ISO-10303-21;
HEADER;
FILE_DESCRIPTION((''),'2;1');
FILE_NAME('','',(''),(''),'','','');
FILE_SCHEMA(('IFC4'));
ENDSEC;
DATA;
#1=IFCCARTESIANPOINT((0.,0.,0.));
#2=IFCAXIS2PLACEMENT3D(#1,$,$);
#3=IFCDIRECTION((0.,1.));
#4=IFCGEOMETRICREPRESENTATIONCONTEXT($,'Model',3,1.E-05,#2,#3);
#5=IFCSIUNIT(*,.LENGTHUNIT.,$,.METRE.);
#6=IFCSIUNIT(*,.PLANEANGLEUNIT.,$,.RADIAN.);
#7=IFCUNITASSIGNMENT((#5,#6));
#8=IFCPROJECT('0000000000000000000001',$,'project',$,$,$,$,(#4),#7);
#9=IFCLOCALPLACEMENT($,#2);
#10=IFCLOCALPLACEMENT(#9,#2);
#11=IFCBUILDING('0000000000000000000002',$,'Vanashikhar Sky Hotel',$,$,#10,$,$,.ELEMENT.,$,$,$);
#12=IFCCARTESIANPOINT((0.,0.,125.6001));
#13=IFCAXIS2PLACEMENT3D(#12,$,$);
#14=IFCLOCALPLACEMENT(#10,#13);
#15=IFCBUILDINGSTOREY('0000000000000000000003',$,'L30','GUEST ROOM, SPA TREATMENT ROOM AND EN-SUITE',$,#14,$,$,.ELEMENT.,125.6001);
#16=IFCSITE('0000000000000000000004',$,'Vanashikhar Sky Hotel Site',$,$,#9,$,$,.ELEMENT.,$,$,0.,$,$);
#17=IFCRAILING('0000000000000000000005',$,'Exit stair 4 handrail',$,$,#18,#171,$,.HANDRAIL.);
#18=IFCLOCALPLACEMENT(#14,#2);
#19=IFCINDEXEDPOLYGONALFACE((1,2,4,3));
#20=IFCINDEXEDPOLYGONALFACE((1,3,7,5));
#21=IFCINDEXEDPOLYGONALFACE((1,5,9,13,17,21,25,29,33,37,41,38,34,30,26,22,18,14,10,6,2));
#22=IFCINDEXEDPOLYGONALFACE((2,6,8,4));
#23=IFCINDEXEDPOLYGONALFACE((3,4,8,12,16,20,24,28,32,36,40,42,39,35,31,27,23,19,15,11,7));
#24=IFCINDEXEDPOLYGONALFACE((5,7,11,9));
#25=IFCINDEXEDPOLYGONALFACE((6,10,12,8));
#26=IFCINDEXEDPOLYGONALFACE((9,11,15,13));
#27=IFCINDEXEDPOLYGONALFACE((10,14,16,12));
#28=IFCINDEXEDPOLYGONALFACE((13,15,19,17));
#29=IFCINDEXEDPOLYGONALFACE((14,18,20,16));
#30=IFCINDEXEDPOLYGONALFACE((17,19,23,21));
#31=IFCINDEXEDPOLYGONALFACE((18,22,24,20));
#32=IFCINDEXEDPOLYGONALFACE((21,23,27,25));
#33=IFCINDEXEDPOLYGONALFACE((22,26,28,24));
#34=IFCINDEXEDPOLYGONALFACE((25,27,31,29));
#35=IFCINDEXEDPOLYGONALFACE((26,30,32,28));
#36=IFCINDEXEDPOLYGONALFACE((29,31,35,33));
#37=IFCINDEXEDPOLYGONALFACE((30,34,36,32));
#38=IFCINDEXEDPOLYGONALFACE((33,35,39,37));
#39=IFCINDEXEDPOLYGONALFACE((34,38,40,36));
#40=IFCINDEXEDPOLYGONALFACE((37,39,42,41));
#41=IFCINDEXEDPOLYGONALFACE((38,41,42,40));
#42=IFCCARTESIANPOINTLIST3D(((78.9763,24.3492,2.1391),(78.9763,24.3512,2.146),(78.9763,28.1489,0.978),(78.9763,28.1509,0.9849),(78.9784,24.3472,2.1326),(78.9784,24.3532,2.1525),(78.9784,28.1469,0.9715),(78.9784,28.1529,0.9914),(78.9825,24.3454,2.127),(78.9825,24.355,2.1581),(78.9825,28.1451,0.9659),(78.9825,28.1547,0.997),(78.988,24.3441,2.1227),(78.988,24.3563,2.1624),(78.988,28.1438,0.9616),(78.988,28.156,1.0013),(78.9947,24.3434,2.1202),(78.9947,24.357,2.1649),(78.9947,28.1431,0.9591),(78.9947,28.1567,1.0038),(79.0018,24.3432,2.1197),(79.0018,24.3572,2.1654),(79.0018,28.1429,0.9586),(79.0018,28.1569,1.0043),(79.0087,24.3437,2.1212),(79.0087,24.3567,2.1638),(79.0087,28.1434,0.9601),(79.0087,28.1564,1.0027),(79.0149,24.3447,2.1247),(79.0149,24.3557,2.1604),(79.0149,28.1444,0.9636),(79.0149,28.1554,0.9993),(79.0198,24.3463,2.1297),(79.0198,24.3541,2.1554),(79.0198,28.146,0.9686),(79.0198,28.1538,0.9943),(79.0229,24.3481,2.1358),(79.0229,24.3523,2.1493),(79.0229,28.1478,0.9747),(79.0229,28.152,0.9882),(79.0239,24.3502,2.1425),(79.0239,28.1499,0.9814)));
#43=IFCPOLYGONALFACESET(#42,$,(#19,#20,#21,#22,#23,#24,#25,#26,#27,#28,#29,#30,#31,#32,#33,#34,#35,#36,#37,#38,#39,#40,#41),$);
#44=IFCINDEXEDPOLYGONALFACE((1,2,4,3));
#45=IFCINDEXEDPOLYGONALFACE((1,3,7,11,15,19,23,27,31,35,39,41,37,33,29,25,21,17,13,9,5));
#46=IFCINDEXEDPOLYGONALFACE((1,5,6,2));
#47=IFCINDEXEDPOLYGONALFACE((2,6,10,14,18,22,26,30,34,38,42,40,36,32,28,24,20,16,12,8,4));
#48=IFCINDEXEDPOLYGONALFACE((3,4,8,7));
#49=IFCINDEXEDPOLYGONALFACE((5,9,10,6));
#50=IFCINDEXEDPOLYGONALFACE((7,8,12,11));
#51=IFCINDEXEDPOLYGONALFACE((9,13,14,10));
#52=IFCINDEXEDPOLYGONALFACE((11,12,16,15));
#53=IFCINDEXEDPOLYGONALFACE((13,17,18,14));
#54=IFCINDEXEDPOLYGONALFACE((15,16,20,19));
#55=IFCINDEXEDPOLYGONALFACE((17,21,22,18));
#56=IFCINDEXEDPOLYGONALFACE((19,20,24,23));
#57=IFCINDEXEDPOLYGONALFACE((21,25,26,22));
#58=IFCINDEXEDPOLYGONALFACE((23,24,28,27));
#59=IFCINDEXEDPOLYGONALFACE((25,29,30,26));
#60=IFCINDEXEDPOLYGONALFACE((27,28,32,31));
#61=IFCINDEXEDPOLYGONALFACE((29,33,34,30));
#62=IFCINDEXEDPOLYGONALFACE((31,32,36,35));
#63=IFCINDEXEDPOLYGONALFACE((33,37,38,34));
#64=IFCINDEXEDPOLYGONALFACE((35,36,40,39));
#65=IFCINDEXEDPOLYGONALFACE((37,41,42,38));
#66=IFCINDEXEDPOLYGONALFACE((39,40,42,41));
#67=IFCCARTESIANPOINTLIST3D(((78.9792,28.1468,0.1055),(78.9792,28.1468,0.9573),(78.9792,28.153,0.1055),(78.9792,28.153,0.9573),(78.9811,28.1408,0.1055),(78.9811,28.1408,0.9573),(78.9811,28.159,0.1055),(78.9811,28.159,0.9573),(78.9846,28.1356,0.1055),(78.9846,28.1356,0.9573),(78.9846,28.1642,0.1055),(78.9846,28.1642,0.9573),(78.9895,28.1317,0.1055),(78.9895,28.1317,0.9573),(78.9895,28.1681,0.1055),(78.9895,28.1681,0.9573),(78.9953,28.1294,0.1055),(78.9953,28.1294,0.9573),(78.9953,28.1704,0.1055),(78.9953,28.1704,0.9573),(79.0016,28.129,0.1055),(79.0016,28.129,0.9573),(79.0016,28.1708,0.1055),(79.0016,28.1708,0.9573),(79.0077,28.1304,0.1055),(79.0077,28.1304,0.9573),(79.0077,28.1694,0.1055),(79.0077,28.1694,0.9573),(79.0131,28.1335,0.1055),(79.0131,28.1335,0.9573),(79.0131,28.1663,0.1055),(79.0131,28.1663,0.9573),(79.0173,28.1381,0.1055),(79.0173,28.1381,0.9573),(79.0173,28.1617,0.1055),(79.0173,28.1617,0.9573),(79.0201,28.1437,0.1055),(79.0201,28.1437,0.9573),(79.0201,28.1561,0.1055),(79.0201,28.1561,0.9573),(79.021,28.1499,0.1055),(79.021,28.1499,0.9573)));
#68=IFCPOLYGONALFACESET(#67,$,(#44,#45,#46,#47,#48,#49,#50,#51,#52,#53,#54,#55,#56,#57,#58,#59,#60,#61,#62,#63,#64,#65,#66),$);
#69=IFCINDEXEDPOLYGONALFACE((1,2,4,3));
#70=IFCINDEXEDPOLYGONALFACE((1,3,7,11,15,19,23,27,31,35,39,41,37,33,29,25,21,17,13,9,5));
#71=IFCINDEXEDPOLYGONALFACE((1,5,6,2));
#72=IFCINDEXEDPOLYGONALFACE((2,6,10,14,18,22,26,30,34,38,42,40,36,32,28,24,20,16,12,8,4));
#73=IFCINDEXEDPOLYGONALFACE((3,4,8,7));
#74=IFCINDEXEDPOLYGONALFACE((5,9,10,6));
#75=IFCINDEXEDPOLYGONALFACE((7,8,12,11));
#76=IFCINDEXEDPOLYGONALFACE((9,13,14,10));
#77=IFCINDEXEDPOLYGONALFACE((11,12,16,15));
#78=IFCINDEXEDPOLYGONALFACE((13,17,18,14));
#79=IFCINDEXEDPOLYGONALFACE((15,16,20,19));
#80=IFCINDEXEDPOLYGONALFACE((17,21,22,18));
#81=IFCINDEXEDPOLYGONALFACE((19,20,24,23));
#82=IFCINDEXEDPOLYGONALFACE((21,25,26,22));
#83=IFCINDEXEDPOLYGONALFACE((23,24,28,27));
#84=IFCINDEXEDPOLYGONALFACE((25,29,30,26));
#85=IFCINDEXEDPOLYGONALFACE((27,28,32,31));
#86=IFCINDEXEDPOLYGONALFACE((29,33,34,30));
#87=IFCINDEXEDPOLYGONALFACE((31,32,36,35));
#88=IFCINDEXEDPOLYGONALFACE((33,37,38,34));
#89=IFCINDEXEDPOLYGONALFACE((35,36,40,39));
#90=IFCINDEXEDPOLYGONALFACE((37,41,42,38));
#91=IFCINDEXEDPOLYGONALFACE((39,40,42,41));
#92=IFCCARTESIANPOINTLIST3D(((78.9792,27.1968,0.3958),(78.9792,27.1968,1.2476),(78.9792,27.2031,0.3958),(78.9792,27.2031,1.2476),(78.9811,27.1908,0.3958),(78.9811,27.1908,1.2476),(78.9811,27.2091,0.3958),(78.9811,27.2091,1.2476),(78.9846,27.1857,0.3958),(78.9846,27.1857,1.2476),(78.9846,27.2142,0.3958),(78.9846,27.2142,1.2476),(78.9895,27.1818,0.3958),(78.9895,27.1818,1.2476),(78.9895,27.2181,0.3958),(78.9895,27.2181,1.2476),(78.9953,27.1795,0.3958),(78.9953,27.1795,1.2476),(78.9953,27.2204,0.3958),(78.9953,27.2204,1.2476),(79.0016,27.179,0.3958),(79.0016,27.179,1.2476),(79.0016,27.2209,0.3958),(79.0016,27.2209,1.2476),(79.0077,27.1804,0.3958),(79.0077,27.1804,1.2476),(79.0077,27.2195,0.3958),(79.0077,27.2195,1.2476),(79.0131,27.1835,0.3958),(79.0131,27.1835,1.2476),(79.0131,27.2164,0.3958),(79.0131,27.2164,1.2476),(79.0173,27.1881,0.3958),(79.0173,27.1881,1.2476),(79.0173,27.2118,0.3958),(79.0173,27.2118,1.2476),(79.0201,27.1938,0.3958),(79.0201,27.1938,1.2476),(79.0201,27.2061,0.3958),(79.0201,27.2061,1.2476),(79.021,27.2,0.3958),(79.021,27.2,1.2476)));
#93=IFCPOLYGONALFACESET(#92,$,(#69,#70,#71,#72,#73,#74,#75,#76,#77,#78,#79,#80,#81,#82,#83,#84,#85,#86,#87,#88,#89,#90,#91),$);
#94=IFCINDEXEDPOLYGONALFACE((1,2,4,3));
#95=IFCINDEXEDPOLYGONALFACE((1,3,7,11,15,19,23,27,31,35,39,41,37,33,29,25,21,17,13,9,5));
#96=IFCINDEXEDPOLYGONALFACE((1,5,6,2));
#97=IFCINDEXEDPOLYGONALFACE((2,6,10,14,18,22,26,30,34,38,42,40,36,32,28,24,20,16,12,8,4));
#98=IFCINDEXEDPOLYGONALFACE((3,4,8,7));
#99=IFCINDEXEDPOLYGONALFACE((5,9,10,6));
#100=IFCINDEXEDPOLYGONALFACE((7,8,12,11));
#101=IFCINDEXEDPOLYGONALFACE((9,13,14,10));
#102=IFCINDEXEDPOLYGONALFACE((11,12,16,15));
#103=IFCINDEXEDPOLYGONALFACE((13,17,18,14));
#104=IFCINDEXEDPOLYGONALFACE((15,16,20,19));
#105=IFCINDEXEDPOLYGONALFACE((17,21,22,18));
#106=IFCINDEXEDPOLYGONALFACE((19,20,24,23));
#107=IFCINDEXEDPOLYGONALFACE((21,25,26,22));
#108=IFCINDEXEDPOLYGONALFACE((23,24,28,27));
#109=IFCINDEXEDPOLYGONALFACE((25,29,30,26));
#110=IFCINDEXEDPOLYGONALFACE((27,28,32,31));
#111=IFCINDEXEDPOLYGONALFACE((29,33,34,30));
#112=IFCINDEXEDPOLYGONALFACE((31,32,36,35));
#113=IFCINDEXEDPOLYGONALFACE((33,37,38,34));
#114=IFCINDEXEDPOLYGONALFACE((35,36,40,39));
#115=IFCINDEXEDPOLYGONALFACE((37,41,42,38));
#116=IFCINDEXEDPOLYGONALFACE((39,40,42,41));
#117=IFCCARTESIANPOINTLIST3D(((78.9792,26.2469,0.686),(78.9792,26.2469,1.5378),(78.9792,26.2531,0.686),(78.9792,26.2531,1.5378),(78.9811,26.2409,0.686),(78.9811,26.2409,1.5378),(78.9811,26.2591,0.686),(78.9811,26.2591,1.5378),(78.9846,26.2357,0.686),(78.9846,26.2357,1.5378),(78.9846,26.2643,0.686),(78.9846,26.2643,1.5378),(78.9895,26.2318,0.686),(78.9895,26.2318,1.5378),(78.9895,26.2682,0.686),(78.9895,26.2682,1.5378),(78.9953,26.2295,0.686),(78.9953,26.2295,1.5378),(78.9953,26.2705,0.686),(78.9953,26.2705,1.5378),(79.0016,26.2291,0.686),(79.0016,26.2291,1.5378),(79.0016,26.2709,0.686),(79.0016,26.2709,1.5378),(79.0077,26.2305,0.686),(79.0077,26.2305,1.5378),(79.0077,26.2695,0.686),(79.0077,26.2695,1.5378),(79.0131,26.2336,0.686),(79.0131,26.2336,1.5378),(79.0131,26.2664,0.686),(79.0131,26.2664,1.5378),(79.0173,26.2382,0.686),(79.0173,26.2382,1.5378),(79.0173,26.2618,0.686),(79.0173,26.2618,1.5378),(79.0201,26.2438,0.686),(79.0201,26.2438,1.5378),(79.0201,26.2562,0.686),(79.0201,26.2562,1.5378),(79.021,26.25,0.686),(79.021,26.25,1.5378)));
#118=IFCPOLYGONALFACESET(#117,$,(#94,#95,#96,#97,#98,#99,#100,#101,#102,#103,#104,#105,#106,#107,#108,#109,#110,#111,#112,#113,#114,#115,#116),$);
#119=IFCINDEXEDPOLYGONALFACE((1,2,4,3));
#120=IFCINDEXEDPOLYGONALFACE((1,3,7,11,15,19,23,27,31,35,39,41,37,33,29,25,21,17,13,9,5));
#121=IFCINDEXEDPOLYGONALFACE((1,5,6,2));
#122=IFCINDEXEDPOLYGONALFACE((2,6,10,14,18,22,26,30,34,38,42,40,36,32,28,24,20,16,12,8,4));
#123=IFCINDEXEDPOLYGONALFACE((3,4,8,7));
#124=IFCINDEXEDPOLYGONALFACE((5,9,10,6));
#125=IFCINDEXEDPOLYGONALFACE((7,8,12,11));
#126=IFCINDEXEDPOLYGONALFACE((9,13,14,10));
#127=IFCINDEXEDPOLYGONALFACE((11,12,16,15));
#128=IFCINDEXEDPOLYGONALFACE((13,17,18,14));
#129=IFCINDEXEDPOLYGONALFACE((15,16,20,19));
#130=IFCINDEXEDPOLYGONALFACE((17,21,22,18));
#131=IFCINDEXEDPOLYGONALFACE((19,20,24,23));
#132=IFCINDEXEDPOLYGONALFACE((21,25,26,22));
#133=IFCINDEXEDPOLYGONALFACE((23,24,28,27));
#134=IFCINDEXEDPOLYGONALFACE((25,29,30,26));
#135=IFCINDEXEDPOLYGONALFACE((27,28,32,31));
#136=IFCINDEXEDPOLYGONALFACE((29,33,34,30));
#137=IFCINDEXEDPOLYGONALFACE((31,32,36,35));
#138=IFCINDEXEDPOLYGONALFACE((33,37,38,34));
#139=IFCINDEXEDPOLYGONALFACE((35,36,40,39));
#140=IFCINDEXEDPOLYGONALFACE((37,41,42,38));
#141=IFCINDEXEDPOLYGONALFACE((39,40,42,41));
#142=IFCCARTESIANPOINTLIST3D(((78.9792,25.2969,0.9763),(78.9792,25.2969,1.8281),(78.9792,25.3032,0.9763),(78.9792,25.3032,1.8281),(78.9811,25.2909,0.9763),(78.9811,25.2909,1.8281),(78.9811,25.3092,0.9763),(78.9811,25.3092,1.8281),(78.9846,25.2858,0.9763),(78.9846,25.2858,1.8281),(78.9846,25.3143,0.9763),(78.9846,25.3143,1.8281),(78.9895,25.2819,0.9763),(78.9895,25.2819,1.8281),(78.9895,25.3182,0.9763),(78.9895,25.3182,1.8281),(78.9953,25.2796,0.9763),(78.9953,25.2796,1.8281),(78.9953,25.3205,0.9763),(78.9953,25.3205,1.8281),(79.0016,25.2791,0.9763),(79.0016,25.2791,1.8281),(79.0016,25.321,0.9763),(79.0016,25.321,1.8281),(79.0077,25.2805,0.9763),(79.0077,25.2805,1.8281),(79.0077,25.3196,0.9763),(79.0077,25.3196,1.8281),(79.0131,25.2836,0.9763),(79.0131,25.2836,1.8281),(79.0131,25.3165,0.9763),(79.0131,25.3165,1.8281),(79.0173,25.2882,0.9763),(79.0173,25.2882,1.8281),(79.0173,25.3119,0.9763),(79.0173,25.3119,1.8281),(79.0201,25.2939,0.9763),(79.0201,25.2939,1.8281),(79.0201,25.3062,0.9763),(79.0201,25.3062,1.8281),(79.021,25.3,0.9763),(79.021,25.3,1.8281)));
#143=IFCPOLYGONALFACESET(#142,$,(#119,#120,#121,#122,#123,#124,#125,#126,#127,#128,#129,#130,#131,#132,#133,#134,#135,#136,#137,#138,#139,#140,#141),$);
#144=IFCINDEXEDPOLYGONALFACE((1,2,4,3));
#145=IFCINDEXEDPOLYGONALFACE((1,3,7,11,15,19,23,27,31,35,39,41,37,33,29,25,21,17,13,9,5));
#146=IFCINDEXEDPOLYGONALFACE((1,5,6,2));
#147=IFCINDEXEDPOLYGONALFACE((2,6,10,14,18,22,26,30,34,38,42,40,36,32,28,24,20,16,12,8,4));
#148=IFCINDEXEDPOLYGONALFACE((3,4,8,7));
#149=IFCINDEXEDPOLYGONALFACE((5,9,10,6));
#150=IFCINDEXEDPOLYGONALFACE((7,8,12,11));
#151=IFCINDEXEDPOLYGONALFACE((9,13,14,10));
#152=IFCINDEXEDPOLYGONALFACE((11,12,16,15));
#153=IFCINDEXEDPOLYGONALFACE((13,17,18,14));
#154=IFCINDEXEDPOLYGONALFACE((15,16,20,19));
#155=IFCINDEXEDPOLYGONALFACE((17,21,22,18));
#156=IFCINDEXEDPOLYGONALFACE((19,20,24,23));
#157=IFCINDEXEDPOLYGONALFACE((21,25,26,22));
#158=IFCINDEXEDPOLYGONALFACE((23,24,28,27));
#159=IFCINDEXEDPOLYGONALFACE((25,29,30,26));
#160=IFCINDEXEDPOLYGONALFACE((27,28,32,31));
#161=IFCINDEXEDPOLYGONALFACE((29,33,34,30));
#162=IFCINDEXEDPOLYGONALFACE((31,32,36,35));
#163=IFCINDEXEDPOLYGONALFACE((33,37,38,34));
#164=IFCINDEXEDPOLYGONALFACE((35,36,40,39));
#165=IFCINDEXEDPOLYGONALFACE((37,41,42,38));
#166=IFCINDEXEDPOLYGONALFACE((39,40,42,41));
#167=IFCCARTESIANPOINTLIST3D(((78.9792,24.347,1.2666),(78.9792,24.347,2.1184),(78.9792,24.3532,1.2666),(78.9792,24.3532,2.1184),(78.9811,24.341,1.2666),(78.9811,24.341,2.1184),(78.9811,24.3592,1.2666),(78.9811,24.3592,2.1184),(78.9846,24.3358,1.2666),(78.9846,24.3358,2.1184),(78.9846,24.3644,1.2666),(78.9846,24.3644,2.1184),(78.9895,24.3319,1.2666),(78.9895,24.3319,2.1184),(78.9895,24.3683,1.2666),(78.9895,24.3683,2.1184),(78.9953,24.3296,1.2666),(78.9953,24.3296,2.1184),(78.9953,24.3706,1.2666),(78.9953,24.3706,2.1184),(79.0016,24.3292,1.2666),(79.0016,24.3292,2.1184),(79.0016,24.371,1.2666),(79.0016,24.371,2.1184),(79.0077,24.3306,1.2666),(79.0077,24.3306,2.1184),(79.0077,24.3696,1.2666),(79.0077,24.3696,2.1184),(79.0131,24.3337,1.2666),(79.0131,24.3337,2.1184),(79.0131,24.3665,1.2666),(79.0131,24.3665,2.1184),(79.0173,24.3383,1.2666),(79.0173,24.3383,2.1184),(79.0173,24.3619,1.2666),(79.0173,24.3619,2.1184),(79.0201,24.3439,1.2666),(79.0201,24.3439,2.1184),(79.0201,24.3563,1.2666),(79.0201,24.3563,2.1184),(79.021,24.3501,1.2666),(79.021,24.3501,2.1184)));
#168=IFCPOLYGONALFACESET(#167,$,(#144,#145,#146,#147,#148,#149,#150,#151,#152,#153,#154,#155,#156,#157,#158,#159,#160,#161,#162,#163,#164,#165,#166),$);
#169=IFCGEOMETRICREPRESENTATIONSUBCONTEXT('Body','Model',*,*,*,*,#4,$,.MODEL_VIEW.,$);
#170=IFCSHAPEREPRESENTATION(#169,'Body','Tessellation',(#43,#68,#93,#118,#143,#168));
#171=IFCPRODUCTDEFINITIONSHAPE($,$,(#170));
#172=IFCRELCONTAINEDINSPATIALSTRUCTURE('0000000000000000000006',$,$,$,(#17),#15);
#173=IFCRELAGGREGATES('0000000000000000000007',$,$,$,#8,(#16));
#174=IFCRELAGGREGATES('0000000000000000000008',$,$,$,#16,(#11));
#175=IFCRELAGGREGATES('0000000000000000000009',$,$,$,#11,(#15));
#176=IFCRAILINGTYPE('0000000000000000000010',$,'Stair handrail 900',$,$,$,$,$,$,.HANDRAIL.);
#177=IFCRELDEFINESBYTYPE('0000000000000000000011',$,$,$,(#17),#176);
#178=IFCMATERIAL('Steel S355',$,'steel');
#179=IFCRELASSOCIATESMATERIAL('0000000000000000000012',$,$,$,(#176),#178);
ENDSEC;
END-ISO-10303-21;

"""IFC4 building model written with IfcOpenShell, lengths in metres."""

from ifc_helpers import new_model, si_unit, direction, frame, origin, origin_2d, place, context, subcontext, project, spatial, circle, extrude, source, transform, mapped, material, type_object, element, save


model = new_model("IFC4")

# Units and contexts
model_context = context("Model", 3, precision=1e-05, world=origin(), true_north=direction((0.0, 1.0)))
body_context = subcontext(model_context, "Body", "Model", "MODEL_VIEW")
ifc_project = project(units=[si_unit("LENGTHUNIT", "METRE"), si_unit("PLANEANGLEUNIT", "RADIAN")], contexts=[model_context])

# Site, building, storey
site_placement = place(None, origin())
site = spatial("IfcSite", under=ifc_project, at=site_placement, Name="Vanashikhar Sky Hotel Site", CompositionType="ELEMENT", RefElevation=0.0)
building_placement = place(site_placement, origin())
building = spatial("IfcBuilding", under=site, at=building_placement, Name="Vanashikhar Sky Hotel", CompositionType="ELEMENT")
storey_placement = place(building_placement, frame((0.0, 0.0, 125.6001)))
storey = spatial("IfcBuildingStorey", under=building, at=storey_placement, Name="L30", Description="GUEST ROOM, SPA TREATMENT ROOM AND EN-SUITE", CompositionType="ELEMENT", Elevation=125.6001)

# Railing
ifc_material_1 = material(Name="Steel S355", Category="steel")
railing_type_1 = type_object("IfcRailingType", Name="Stair handrail 900", PredefinedType="HANDRAIL", material=ifc_material_1)
shared_shape_1 = source(origin(), body_context, "Body", "SweptSolid", [
    extrude(circle(Radius=0.0239, at=origin_2d()), frame((0.0, 0.0, 0.876), z_axis=(0.0, -0.956346, 0.292237), x_axis=(1.0, 0.0, 0.0)), (0.0, 0.0, 1.0), 3.9731),
    extrude(circle(Radius=0.021, at=origin_2d()), origin(), (0.0, 0.0, 1.0), 0.8518),
    extrude(circle(Radius=0.021, at=origin_2d()), frame((0.0, -0.95, 0.2903)), (0.0, 0.0, 1.0), 0.8518),
    extrude(circle(Radius=0.021, at=origin_2d()), frame((0.0, -1.8999, 0.5806)), (0.0, 0.0, 1.0), 0.8518),
    extrude(circle(Radius=0.021, at=origin_2d()), frame((0.0, -2.8499, 0.8708)), (0.0, 0.0, 1.0), 0.8518),
    extrude(circle(Radius=0.021, at=origin_2d()), frame((0.0, -3.7998, 1.1611)), (0.0, 0.0, 1.0), 0.8518),
])
for number, where, name in (
    (1, (79.0, 28.1499, 0.1055), "Exit stair 4 handrail"),
):
    element("IfcRailing", number, at=place(storey_placement, frame(where)), inside=storey, type_object=railing_type_1, Name=name, PredefinedType="HANDRAIL", context=body_context, shape_type="MappedRepresentation", body=[
        mapped(shared_shape_1, transform((0.0, 0.0, 0.0), scale=1.0)),
    ])

save(model, "model.ifc")
